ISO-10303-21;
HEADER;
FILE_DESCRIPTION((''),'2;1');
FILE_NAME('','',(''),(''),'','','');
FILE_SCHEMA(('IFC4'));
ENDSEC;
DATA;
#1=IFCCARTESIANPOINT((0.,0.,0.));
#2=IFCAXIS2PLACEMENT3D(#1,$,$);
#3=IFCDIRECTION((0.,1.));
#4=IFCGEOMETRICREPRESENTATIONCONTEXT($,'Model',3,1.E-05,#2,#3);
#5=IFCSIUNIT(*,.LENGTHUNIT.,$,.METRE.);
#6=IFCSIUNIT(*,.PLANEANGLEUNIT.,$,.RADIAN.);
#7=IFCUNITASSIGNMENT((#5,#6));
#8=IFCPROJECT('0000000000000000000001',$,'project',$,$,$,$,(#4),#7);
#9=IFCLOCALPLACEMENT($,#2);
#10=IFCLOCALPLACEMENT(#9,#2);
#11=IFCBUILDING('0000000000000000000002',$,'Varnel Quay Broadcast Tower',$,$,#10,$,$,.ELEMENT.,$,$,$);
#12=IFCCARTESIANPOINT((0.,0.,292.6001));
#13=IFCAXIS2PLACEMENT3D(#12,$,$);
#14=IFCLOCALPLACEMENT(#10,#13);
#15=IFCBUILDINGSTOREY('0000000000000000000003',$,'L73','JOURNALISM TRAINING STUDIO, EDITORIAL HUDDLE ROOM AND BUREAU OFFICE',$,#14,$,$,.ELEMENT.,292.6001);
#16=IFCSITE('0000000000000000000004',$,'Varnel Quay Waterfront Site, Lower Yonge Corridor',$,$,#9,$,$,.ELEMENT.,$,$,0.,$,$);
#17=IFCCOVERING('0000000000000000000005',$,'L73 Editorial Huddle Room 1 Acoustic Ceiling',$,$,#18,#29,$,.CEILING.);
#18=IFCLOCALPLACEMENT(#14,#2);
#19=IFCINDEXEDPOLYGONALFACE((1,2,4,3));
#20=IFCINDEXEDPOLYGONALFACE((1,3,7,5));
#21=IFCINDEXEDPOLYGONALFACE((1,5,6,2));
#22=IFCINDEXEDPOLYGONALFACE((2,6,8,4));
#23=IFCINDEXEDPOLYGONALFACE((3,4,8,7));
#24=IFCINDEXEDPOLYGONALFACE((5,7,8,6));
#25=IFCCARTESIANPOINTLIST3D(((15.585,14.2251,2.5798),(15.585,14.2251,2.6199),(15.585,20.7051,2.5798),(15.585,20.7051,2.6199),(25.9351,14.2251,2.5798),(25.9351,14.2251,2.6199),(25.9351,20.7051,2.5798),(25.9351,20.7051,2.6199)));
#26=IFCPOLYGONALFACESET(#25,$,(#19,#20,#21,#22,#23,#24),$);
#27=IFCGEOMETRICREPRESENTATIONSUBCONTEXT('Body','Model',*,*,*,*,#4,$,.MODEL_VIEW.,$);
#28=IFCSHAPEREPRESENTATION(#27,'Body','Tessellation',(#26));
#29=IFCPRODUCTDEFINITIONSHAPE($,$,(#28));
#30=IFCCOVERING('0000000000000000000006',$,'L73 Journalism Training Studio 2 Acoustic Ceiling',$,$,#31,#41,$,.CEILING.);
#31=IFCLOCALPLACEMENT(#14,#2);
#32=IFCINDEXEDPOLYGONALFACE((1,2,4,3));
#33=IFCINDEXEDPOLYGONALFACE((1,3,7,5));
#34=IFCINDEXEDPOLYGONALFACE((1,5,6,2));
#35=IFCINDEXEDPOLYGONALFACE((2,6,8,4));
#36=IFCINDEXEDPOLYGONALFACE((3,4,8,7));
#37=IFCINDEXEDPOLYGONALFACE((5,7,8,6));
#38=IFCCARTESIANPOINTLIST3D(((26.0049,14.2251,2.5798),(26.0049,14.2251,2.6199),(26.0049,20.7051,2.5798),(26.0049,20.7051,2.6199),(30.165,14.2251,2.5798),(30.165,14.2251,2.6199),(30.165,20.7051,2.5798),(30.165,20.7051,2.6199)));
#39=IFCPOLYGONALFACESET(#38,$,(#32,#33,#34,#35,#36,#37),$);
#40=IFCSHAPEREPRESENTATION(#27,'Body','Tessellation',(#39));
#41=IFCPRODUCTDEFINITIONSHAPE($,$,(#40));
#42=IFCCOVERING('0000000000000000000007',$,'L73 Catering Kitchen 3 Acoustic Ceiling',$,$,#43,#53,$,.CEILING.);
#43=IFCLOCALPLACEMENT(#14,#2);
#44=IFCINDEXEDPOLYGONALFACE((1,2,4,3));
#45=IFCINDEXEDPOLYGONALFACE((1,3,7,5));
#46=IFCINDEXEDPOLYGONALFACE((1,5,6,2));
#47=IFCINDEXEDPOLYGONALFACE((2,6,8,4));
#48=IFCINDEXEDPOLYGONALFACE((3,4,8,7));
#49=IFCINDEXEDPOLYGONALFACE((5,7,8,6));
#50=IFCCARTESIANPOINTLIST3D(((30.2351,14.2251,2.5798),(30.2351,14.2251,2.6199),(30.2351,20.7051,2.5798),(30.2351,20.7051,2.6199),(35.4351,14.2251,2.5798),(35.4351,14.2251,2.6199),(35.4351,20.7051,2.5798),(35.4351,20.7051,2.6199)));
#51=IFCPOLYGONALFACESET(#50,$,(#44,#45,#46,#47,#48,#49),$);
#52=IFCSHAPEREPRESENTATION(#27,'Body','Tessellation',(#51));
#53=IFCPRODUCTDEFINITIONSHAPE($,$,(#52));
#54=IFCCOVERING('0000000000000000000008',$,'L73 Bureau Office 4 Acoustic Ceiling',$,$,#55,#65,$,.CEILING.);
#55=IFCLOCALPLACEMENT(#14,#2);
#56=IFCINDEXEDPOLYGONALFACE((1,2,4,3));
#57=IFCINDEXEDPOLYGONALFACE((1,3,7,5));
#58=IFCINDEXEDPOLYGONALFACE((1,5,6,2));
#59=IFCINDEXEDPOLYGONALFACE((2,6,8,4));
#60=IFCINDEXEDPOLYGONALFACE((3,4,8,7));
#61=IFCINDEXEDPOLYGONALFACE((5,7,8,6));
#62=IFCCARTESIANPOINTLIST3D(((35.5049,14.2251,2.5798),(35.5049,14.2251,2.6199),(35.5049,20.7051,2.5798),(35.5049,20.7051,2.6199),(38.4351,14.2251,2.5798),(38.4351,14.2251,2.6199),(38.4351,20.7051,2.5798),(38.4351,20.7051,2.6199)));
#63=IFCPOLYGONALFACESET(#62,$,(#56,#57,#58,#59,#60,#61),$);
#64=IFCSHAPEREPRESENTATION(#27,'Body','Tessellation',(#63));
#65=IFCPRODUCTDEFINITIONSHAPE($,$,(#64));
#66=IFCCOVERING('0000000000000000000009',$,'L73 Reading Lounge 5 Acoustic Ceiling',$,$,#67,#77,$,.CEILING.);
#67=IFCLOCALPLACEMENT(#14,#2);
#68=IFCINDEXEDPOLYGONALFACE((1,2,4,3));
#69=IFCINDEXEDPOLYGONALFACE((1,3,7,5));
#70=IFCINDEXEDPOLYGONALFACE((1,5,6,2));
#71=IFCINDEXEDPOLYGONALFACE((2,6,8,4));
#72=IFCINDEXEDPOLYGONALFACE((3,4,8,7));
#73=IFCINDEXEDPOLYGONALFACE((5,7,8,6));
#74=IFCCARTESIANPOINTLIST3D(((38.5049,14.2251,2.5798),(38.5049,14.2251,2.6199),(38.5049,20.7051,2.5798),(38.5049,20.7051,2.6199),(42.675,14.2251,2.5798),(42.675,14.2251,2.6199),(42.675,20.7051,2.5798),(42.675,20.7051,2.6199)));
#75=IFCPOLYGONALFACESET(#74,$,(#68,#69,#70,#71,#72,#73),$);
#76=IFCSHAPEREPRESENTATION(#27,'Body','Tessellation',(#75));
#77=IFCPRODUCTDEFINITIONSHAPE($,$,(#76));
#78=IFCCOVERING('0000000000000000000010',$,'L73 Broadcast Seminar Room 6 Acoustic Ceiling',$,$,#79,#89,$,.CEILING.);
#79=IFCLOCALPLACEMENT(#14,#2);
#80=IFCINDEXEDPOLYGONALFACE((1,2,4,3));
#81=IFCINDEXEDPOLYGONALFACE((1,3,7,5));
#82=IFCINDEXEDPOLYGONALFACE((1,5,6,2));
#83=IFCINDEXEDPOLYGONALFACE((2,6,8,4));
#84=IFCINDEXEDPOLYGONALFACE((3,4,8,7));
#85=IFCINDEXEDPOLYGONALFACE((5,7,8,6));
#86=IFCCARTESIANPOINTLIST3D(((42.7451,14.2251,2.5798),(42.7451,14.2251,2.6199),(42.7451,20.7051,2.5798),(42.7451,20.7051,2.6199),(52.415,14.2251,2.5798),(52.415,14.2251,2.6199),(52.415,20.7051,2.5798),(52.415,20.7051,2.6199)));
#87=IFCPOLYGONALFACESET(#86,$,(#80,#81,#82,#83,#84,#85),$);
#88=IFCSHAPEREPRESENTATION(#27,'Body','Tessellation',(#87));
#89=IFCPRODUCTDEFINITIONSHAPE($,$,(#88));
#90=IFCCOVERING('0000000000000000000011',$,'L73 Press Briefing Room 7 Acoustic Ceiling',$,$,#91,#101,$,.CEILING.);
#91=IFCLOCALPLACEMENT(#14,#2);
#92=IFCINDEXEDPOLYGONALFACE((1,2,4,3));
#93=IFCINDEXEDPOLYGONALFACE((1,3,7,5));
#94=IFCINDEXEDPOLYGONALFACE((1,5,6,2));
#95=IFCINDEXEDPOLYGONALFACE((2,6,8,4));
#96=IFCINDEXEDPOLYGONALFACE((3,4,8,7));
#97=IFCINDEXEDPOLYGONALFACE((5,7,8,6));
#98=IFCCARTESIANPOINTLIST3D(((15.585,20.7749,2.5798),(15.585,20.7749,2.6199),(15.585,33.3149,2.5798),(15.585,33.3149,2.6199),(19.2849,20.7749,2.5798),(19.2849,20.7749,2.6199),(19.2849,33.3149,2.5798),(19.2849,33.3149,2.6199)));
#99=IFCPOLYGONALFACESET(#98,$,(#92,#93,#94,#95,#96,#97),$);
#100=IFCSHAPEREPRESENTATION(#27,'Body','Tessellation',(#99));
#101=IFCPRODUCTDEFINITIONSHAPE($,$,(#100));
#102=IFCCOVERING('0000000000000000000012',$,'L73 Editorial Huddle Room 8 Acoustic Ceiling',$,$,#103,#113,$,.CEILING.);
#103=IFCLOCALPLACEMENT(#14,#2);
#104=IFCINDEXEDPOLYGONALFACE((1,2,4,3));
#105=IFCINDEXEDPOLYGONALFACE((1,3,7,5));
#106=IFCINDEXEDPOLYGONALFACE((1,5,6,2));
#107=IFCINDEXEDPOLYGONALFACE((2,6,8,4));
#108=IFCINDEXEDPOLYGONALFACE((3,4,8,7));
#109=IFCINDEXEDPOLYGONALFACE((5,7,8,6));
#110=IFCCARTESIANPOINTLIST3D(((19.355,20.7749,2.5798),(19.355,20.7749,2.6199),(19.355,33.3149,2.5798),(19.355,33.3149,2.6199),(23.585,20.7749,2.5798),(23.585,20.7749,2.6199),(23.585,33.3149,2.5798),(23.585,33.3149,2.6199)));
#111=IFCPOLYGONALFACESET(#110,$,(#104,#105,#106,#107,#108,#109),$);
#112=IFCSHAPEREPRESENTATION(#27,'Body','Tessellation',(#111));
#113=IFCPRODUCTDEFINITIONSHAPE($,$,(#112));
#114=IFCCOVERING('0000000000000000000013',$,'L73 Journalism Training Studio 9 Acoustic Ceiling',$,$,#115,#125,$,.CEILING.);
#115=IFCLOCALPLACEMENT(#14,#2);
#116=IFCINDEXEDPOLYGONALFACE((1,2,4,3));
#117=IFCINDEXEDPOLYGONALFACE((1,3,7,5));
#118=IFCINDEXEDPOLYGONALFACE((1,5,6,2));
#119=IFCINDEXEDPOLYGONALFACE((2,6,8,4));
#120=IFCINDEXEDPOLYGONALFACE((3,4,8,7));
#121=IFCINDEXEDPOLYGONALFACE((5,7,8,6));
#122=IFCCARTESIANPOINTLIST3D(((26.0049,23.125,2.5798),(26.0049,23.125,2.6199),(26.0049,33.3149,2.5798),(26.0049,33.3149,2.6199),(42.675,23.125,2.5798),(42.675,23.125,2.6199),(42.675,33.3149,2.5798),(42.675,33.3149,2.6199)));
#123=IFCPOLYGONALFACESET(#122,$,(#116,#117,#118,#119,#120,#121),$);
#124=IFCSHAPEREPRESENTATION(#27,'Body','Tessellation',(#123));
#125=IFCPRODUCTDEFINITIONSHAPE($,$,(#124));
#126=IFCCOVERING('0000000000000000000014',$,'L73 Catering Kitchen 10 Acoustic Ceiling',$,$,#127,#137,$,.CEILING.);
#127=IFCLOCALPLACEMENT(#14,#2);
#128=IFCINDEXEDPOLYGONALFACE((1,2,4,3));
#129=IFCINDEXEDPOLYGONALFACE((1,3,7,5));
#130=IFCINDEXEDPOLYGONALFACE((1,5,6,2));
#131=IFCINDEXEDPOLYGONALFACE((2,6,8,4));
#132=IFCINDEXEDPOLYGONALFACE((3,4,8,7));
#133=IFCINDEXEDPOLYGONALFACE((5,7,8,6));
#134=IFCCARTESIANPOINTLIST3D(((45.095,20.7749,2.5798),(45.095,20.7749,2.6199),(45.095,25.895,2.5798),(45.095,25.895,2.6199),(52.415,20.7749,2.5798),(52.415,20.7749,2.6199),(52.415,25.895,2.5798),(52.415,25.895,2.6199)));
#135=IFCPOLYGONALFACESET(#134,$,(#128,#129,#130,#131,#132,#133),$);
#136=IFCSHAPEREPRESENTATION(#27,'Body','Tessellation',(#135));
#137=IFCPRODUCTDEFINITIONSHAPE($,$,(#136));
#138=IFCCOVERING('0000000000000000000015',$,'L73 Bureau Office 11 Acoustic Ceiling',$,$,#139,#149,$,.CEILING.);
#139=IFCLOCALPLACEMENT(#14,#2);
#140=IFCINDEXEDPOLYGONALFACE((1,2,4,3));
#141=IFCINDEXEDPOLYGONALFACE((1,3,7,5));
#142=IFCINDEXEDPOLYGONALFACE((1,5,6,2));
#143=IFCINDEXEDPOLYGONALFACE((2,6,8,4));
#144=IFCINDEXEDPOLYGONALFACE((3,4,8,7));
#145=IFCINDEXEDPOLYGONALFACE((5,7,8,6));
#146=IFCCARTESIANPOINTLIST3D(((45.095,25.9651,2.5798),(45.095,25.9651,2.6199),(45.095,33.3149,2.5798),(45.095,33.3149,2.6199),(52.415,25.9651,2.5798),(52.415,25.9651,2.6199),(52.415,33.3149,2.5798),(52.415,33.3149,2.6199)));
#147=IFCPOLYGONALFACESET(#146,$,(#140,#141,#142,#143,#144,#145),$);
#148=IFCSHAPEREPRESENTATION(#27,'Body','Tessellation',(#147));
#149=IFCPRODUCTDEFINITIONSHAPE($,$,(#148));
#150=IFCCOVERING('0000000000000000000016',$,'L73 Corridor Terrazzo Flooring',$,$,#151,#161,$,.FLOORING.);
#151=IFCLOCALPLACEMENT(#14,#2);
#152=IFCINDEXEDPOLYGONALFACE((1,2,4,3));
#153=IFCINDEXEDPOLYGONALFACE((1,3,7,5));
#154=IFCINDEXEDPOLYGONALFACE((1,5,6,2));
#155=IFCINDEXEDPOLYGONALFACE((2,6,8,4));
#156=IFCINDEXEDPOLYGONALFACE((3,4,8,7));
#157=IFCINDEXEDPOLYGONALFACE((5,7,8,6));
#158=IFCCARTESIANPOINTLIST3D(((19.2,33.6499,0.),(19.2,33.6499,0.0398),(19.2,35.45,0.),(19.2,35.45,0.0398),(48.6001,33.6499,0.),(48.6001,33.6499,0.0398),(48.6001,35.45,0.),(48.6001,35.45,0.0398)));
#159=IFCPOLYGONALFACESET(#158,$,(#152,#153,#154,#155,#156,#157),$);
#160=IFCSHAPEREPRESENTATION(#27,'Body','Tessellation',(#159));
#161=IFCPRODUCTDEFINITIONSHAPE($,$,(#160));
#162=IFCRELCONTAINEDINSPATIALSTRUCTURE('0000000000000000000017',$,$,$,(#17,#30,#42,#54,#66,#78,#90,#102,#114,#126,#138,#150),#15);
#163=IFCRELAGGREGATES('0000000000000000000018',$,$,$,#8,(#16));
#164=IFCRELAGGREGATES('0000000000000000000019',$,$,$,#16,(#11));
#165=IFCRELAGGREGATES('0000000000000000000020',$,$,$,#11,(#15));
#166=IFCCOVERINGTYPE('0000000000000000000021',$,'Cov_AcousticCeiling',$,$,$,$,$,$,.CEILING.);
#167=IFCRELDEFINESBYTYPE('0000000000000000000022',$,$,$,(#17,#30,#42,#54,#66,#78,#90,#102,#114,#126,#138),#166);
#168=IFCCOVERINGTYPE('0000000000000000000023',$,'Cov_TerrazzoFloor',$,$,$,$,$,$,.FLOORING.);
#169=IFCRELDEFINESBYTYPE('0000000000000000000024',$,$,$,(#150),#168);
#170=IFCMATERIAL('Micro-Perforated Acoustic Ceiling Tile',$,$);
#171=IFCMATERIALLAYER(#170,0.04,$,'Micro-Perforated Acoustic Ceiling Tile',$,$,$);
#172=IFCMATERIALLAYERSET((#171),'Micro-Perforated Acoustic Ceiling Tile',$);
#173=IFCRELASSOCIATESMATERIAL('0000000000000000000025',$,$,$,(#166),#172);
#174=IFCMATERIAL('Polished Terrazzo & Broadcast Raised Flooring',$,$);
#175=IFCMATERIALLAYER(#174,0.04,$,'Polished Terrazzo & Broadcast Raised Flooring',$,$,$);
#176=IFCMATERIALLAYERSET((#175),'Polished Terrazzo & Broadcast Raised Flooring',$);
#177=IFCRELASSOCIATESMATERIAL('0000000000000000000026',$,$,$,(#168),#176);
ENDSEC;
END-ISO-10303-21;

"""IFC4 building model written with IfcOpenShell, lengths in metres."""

from ifc_helpers import new_model, si_unit, direction, frame, origin, place, context, subcontext, project, spatial, polyline, outline, extrude, material, layer, layer_set, type_object, element, save


model = new_model("IFC4")

# Units and contexts
model_context = context("Model", 3, precision=1e-05, world=origin(), true_north=direction((0.0, 1.0)))
body_context = subcontext(model_context, "Body", "Model", "MODEL_VIEW")
ifc_project = project(units=[si_unit("LENGTHUNIT", "METRE"), si_unit("PLANEANGLEUNIT", "RADIAN")], contexts=[model_context])

# Site, building, storey
site_placement = place(None, origin())
site = spatial("IfcSite", under=ifc_project, at=site_placement, Name="Varnel Quay Waterfront Site, Lower Yonge Corridor", CompositionType="ELEMENT", RefElevation=0.0)
building_placement = place(site_placement, origin())
building = spatial("IfcBuilding", under=site, at=building_placement, Name="Varnel Quay Broadcast Tower", CompositionType="ELEMENT")
storey_placement = place(building_placement, frame((0.0, 0.0, 292.6001)))
storey = spatial("IfcBuildingStorey", under=building, at=storey_placement, Name="L73", Description="JOURNALISM TRAINING STUDIO, EDITORIAL HUDDLE ROOM AND BUREAU OFFICE", CompositionType="ELEMENT", Elevation=292.6001)

# Coverings
ifc_material_1 = material(Name="Micro-Perforated Acoustic Ceiling Tile")
ifc_layer_1 = layer(ifc_material_1, 0.04, Name="Micro-Perforated Acoustic Ceiling Tile")
ifc_layer_set_1 = layer_set([ifc_layer_1], Name="Micro-Perforated Acoustic Ceiling Tile")
covering_type_1 = type_object("IfcCoveringType", Name="Cov_AcousticCeiling", PredefinedType="CEILING", material=ifc_layer_set_1)
covering_1_placement = place(storey_placement, frame((0.0, 0.0, 2.5798)))
element("IfcCovering", 1, at=covering_1_placement, inside=storey, type_object=covering_type_1, Name="L73 Editorial Huddle Room 1 Acoustic Ceiling", PredefinedType="CEILING", context=body_context, shape_type="SweptSolid", body=[
    extrude(outline(polyline([(15.585, 14.2251), (25.9351, 14.2251), (25.9351, 20.7051), (15.585, 20.7051), (15.585, 14.2251)])), origin(), (0.0, 0.0, 1.0), 0.04),
])
covering_2_placement = place(storey_placement, frame((0.0, 0.0, 2.5798)))
element("IfcCovering", 2, at=covering_2_placement, inside=storey, type_object=covering_type_1, Name="L73 Journalism Training Studio 2 Acoustic Ceiling", PredefinedType="CEILING", context=body_context, shape_type="SweptSolid", body=[
    extrude(outline(polyline([(26.0049, 14.2251), (30.165, 14.2251), (30.165, 20.7051), (26.0049, 20.7051), (26.0049, 14.2251)])), origin(), (0.0, 0.0, 1.0), 0.04),
])
covering_3_placement = place(storey_placement, frame((0.0, 0.0, 2.5798)))
element("IfcCovering", 3, at=covering_3_placement, inside=storey, type_object=covering_type_1, Name="L73 Catering Kitchen 3 Acoustic Ceiling", PredefinedType="CEILING", context=body_context, shape_type="SweptSolid", body=[
    extrude(outline(polyline([(30.2351, 14.2251), (35.4351, 14.2251), (35.4351, 20.7051), (30.2351, 20.7051), (30.2351, 14.2251)])), origin(), (0.0, 0.0, 1.0), 0.04),
])
covering_4_placement = place(storey_placement, frame((0.0, 0.0, 2.5798)))
element("IfcCovering", 4, at=covering_4_placement, inside=storey, type_object=covering_type_1, Name="L73 Bureau Office 4 Acoustic Ceiling", PredefinedType="CEILING", context=body_context, shape_type="SweptSolid", body=[
    extrude(outline(polyline([(35.5049, 14.2251), (38.4351, 14.2251), (38.4351, 20.7051), (35.5049, 20.7051), (35.5049, 14.2251)])), origin(), (0.0, 0.0, 1.0), 0.04),
])
covering_5_placement = place(storey_placement, frame((0.0, 0.0, 2.5798)))
element("IfcCovering", 5, at=covering_5_placement, inside=storey, type_object=covering_type_1, Name="L73 Reading Lounge 5 Acoustic Ceiling", PredefinedType="CEILING", context=body_context, shape_type="SweptSolid", body=[
    extrude(outline(polyline([(38.5049, 14.2251), (42.675, 14.2251), (42.675, 20.7051), (38.5049, 20.7051), (38.5049, 14.2251)])), origin(), (0.0, 0.0, 1.0), 0.04),
])
covering_6_placement = place(storey_placement, frame((0.0, 0.0, 2.5798)))
element("IfcCovering", 6, at=covering_6_placement, inside=storey, type_object=covering_type_1, Name="L73 Broadcast Seminar Room 6 Acoustic Ceiling", PredefinedType="CEILING", context=body_context, shape_type="SweptSolid", body=[
    extrude(outline(polyline([(42.7451, 14.2251), (52.415, 14.2251), (52.415, 20.7051), (42.7451, 20.7051), (42.7451, 14.2251)])), origin(), (0.0, 0.0, 1.0), 0.04),
])
covering_7_placement = place(storey_placement, frame((0.0, 0.0, 2.5798)))
element("IfcCovering", 7, at=covering_7_placement, inside=storey, type_object=covering_type_1, Name="L73 Press Briefing Room 7 Acoustic Ceiling", PredefinedType="CEILING", context=body_context, shape_type="SweptSolid", body=[
    extrude(outline(polyline([(15.585, 20.7749), (19.2849, 20.7749), (19.2849, 33.3149), (15.585, 33.3149), (15.585, 20.7749)])), origin(), (0.0, 0.0, 1.0), 0.04),
])
covering_8_placement = place(storey_placement, frame((0.0, 0.0, 2.5798)))
element("IfcCovering", 8, at=covering_8_placement, inside=storey, type_object=covering_type_1, Name="L73 Editorial Huddle Room 8 Acoustic Ceiling", PredefinedType="CEILING", context=body_context, shape_type="SweptSolid", body=[
    extrude(outline(polyline([(19.355, 20.7749), (23.585, 20.7749), (23.585, 33.3149), (19.355, 33.3149), (19.355, 20.7749)])), origin(), (0.0, 0.0, 1.0), 0.04),
])
covering_9_placement = place(storey_placement, frame((0.0, 0.0, 2.5798)))
element("IfcCovering", 9, at=covering_9_placement, inside=storey, type_object=covering_type_1, Name="L73 Journalism Training Studio 9 Acoustic Ceiling", PredefinedType="CEILING", context=body_context, shape_type="SweptSolid", body=[
    extrude(outline(polyline([(26.0049, 23.125), (42.675, 23.125), (42.675, 33.3149), (26.0049, 33.3149), (26.0049, 23.125)])), origin(), (0.0, 0.0, 1.0), 0.04),
])
covering_10_placement = place(storey_placement, frame((0.0, 0.0, 2.5798)))
element("IfcCovering", 10, at=covering_10_placement, inside=storey, type_object=covering_type_1, Name="L73 Catering Kitchen 10 Acoustic Ceiling", PredefinedType="CEILING", context=body_context, shape_type="SweptSolid", body=[
    extrude(outline(polyline([(45.095, 20.7749), (52.415, 20.7749), (52.415, 25.895), (45.095, 25.895), (45.095, 20.7749)])), origin(), (0.0, 0.0, 1.0), 0.04),
])
covering_11_placement = place(storey_placement, frame((0.0, 0.0, 2.5798)))
element("IfcCovering", 11, at=covering_11_placement, inside=storey, type_object=covering_type_1, Name="L73 Bureau Office 11 Acoustic Ceiling", PredefinedType="CEILING", context=body_context, shape_type="SweptSolid", body=[
    extrude(outline(polyline([(45.095, 25.9651), (52.415, 25.9651), (52.415, 33.3149), (45.095, 33.3149), (45.095, 25.9651)])), origin(), (0.0, 0.0, 1.0), 0.04),
])
ifc_material_2 = material(Name="Polished Terrazzo & Broadcast Raised Flooring")
ifc_layer_2 = layer(ifc_material_2, 0.04, Name="Polished Terrazzo & Broadcast Raised Flooring")
ifc_layer_set_2 = layer_set([ifc_layer_2], Name="Polished Terrazzo & Broadcast Raised Flooring")
covering_type_2 = type_object("IfcCoveringType", Name="Cov_TerrazzoFloor", PredefinedType="FLOORING", material=ifc_layer_set_2)
covering_12_placement = place(storey_placement, origin())
element("IfcCovering", 12, at=covering_12_placement, inside=storey, type_object=covering_type_2, Name="L73 Corridor Terrazzo Flooring", PredefinedType="FLOORING", context=body_context, shape_type="SweptSolid", body=[
    extrude(outline(polyline([(19.2, 33.6499), (48.6001, 33.6499), (48.6001, 35.45), (19.2, 35.45), (19.2, 33.6499)])), origin(), (0.0, 0.0, 1.0), 0.0398),
])

save(model, "model.ifc")
